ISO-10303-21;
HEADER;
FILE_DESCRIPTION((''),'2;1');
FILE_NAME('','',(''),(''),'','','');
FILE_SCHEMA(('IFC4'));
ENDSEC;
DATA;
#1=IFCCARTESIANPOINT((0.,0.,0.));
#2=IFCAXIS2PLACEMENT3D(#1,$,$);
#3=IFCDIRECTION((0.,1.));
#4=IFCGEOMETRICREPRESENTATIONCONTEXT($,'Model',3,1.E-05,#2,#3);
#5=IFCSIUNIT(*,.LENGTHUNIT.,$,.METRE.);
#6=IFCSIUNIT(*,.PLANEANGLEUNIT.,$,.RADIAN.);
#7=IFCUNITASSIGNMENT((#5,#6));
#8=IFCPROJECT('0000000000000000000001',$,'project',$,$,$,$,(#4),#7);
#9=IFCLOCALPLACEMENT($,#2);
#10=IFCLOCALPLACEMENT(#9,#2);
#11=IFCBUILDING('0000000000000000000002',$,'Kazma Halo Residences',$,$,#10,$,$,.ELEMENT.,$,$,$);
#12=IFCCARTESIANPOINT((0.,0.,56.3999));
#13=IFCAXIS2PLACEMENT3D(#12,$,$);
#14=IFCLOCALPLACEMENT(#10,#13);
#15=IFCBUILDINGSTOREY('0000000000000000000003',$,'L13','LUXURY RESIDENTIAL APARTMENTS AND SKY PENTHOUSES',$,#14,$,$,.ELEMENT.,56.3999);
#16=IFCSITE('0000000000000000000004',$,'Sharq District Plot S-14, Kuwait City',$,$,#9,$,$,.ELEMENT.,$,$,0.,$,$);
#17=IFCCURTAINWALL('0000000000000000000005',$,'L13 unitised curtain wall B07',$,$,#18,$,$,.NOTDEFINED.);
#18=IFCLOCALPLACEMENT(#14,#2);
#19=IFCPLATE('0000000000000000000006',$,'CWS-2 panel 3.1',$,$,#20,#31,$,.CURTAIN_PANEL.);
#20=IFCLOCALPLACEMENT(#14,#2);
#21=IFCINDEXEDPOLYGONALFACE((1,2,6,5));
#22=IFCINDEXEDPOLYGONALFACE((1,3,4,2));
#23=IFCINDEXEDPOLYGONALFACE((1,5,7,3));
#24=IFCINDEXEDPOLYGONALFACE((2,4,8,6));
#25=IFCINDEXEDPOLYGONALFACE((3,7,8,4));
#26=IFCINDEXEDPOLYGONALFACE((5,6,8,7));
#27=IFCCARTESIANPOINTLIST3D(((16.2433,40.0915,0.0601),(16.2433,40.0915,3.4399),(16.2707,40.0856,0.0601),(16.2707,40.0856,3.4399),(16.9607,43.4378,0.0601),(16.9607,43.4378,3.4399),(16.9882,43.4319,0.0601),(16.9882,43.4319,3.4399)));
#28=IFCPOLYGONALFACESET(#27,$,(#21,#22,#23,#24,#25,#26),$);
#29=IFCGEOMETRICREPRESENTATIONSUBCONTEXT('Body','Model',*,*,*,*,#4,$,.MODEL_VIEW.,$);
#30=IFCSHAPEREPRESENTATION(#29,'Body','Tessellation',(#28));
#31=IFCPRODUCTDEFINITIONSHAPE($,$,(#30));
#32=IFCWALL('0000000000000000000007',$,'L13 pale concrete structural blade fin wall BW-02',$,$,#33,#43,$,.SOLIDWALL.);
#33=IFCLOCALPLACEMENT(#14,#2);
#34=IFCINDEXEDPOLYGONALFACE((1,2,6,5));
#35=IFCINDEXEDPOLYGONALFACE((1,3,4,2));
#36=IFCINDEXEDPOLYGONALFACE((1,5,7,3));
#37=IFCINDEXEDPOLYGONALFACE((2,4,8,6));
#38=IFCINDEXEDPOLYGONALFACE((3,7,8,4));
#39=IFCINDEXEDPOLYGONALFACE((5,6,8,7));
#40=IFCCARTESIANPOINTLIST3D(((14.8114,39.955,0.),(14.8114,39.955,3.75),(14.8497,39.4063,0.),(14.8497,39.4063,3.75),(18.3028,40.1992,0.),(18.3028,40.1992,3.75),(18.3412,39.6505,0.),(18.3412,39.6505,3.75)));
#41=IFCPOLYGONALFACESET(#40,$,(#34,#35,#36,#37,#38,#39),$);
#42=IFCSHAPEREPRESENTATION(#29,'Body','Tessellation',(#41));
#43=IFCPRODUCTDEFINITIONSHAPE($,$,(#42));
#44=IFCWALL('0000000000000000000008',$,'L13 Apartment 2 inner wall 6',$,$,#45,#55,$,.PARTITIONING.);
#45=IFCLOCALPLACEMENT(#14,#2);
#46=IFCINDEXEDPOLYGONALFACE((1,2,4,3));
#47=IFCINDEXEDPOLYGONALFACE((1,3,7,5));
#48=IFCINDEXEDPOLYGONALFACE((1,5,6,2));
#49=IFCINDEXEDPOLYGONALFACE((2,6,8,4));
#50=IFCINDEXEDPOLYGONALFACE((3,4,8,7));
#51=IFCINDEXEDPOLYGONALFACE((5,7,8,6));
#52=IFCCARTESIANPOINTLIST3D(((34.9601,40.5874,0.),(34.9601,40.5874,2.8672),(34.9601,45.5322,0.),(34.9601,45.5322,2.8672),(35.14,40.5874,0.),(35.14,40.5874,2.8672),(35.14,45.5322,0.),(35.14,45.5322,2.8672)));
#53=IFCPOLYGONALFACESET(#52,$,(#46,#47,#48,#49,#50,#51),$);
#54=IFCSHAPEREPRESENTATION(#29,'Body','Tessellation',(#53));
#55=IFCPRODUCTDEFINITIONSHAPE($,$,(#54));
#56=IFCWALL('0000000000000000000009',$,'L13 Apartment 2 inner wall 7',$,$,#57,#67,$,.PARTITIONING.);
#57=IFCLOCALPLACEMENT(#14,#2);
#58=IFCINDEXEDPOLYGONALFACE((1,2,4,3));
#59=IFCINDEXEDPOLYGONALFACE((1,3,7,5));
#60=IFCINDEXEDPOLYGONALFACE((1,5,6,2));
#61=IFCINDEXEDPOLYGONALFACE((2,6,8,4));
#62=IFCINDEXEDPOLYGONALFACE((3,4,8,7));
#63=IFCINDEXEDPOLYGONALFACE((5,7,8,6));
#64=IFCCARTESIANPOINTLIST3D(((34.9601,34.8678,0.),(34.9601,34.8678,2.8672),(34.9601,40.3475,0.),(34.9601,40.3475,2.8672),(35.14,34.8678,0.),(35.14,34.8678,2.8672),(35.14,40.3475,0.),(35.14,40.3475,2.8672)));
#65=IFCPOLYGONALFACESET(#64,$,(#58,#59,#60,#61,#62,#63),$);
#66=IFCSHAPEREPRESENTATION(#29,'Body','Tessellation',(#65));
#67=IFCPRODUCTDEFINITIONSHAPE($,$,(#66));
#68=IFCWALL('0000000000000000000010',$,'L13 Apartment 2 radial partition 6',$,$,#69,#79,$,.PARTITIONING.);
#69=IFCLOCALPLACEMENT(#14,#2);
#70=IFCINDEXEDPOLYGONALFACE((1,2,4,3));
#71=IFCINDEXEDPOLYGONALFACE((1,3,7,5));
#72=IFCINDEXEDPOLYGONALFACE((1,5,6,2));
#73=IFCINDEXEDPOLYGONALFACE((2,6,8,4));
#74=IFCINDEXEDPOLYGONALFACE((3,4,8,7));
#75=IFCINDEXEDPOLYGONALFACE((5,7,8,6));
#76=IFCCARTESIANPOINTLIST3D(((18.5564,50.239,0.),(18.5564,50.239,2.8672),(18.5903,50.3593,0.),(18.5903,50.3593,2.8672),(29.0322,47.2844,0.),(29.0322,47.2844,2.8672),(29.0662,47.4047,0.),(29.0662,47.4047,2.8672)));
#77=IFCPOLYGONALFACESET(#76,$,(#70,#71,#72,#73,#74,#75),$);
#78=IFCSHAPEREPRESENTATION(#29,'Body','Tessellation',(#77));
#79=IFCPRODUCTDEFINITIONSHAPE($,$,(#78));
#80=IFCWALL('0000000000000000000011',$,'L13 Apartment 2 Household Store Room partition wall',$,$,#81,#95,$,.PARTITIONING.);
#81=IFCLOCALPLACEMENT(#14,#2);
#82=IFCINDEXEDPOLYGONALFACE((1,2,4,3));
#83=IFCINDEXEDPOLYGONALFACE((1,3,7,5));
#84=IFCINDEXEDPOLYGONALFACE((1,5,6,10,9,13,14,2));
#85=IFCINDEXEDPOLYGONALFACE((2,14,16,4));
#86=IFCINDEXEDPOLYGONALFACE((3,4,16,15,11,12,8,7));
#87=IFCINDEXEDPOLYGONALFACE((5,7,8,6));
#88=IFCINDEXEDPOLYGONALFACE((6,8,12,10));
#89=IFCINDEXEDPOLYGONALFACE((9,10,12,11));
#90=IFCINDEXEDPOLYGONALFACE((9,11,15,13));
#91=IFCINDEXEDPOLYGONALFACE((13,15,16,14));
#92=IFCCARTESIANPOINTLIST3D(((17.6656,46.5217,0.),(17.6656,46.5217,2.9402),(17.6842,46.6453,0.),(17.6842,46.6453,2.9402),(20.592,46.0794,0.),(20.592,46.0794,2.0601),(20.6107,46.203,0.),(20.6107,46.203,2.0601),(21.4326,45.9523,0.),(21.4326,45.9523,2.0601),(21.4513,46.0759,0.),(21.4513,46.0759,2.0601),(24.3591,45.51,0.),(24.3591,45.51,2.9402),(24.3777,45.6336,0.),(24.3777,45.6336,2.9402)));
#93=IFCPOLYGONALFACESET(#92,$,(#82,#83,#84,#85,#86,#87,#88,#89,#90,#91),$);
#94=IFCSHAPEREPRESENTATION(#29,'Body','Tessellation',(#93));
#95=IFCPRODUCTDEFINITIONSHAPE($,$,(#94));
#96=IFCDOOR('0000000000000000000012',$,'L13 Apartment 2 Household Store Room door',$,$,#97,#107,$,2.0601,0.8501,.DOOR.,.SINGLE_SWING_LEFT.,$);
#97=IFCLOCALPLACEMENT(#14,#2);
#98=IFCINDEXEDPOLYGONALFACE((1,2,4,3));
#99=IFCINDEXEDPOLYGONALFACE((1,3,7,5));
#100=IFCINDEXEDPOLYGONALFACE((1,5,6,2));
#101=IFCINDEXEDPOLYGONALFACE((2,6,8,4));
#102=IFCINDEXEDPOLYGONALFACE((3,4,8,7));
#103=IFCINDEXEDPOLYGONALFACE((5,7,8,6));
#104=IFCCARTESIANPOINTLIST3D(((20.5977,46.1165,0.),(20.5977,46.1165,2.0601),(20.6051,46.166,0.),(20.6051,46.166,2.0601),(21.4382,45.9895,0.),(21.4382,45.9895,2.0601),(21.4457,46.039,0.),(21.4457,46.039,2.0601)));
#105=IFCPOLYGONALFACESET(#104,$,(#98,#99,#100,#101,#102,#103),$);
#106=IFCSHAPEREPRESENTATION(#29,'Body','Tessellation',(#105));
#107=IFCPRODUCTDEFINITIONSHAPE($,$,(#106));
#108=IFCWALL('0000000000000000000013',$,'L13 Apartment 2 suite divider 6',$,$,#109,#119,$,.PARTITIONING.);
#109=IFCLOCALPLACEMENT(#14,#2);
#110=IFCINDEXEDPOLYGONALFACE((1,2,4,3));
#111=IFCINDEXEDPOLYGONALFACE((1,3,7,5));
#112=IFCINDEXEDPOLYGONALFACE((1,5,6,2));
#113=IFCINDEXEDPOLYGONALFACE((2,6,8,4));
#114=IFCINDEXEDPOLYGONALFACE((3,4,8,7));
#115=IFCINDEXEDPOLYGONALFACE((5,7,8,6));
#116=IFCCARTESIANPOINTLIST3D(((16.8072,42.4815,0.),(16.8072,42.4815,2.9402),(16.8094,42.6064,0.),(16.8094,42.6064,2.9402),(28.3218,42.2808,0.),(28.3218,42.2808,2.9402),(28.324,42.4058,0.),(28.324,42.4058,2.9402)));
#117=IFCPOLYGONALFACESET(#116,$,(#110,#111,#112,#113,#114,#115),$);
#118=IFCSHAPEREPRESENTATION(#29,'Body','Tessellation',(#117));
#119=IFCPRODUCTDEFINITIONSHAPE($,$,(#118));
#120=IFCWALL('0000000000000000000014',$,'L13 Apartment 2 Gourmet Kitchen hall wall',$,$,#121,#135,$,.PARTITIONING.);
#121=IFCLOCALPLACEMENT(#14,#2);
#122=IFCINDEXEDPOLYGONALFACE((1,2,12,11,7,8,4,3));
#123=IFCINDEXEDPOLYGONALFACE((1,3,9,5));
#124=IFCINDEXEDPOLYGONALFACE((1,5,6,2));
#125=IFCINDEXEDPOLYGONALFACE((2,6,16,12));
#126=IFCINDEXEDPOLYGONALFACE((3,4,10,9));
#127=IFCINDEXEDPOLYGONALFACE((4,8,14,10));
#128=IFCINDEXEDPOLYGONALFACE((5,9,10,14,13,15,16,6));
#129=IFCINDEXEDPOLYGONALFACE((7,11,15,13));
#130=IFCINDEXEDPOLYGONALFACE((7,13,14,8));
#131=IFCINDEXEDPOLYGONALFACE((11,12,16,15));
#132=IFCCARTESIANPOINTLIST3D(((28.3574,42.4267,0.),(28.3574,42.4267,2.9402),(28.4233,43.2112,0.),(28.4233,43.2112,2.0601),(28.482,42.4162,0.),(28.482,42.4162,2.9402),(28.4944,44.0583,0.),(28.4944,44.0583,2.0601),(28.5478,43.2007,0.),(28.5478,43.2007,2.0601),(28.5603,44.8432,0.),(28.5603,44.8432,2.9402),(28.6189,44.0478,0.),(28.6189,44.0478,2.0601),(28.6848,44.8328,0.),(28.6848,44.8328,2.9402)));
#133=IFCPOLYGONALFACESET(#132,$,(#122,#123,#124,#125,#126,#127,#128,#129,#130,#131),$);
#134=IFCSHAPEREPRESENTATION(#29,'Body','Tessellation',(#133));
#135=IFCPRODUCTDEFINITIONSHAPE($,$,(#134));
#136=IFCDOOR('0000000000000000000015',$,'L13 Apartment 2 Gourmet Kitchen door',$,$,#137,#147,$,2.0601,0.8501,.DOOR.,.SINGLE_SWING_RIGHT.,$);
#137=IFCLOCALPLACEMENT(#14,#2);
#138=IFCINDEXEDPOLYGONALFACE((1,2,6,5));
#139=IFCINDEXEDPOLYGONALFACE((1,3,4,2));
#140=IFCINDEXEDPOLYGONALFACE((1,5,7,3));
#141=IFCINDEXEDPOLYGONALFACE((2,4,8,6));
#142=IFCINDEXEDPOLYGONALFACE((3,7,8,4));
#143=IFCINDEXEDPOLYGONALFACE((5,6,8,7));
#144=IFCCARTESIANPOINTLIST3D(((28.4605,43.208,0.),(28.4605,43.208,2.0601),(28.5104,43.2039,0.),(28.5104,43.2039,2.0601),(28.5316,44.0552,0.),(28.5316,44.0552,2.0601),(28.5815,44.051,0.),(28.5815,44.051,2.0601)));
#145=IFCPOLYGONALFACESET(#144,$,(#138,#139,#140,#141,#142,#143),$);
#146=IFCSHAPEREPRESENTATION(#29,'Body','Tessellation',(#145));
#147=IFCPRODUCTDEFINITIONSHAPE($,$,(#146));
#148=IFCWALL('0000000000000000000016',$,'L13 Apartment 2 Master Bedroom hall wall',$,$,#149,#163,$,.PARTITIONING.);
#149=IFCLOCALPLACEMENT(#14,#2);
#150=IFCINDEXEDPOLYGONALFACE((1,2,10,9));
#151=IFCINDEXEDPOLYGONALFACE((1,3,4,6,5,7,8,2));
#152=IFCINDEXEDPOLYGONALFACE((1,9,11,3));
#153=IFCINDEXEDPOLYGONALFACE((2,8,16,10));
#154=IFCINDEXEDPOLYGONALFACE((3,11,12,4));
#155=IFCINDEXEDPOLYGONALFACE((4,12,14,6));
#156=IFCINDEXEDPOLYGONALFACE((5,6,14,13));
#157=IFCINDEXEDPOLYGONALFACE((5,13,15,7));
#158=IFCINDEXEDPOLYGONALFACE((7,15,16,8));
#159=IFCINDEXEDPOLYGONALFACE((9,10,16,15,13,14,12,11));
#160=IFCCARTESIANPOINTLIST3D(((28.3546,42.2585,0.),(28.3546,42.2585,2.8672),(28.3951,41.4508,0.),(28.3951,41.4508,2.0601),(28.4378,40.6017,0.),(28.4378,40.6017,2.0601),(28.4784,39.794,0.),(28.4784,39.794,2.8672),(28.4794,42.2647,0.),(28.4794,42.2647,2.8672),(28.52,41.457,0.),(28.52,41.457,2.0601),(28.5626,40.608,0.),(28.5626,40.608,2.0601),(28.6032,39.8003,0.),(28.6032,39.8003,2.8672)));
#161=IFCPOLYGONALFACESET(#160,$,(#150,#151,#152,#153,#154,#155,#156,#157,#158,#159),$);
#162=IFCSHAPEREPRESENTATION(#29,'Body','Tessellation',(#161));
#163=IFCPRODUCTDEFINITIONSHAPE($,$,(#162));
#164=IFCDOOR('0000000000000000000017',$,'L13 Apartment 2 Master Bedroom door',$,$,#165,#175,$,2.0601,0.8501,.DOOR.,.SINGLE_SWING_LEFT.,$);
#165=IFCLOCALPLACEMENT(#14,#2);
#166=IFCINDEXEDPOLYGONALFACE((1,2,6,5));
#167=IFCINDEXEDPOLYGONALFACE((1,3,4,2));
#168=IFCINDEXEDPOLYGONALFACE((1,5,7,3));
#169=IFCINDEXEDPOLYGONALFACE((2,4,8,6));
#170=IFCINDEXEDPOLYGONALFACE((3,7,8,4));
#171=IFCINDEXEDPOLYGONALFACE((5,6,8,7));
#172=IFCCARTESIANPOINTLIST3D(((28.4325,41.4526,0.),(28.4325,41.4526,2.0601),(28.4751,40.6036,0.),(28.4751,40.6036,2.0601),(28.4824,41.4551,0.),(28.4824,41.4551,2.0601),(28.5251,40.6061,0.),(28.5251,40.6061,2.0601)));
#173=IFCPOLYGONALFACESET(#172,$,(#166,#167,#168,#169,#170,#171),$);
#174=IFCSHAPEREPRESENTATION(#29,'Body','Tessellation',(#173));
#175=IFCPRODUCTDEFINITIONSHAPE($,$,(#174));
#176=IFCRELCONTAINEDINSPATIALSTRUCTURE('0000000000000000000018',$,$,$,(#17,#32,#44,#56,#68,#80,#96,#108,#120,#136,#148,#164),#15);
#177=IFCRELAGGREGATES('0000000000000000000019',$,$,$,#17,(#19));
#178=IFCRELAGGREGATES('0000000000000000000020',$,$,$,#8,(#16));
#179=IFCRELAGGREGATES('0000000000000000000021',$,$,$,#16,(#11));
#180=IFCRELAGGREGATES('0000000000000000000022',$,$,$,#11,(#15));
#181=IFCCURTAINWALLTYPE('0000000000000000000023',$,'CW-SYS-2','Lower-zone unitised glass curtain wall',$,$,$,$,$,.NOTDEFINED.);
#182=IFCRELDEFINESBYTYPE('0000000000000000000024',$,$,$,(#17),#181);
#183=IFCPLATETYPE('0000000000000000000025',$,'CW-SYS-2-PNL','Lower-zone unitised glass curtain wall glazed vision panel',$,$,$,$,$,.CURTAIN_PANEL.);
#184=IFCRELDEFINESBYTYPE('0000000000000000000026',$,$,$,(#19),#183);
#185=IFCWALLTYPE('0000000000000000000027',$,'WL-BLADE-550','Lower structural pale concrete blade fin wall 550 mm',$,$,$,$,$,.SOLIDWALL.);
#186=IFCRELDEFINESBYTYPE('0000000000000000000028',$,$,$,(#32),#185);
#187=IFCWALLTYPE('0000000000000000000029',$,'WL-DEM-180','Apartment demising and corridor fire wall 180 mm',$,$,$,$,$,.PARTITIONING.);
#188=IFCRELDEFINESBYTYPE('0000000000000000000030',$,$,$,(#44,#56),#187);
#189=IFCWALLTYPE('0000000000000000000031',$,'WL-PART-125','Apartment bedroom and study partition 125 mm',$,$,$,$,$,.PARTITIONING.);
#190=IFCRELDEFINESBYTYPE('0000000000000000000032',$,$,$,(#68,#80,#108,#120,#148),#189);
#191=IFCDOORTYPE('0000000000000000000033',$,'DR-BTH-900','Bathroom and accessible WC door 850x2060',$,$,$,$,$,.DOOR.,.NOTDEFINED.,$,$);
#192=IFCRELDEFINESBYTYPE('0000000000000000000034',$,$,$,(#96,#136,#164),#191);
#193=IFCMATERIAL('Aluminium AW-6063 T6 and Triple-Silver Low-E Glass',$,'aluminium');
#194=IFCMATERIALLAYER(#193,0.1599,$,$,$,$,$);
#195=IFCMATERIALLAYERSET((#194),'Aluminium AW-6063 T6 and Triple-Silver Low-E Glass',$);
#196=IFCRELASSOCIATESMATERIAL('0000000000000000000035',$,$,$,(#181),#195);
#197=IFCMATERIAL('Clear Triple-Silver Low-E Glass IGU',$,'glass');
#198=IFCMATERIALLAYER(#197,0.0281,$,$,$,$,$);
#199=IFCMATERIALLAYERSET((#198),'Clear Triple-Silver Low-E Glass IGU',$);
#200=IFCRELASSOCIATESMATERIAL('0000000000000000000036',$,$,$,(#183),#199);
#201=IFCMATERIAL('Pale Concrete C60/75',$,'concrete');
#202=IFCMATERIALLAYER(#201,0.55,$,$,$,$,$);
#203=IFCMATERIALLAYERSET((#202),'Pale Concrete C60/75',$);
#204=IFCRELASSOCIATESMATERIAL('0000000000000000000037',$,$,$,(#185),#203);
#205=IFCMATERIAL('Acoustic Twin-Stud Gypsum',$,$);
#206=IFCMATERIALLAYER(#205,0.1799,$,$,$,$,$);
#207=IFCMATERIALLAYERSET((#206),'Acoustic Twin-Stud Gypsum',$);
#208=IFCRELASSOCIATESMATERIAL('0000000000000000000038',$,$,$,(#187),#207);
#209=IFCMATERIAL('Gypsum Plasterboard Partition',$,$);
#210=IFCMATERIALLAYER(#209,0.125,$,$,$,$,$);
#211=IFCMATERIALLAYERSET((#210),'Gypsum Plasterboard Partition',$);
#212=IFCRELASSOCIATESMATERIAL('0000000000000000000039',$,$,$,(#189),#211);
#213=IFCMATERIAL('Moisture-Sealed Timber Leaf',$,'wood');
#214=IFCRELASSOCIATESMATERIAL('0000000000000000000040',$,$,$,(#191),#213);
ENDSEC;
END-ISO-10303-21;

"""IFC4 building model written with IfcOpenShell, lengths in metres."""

from ifc_helpers import new_model, si_unit, direction, frame, frame_2d, origin, origin_2d, place, context, subcontext, project, spatial, rectangle, extrude, material, layer, layer_set, type_object, element, fill, aggregate, save


model = new_model("IFC4")

# Units and contexts
model_context = context("Model", 3, precision=1e-05, world=origin(), true_north=direction((0.0, 1.0)))
body_context = subcontext(model_context, "Body", "Model", "MODEL_VIEW")
ifc_project = project(units=[si_unit("LENGTHUNIT", "METRE"), si_unit("PLANEANGLEUNIT", "RADIAN")], contexts=[model_context])

# Site, building, storey
site_placement = place(None, origin())
site = spatial("IfcSite", under=ifc_project, at=site_placement, Name="Sharq District Plot S-14, Kuwait City", CompositionType="ELEMENT", RefElevation=0.0)
building_placement = place(site_placement, origin())
building = spatial("IfcBuilding", under=site, at=building_placement, Name="Kazma Halo Residences", CompositionType="ELEMENT")
storey_placement = place(building_placement, frame((0.0, 0.0, 56.3999)))
storey = spatial("IfcBuildingStorey", under=building, at=storey_placement, Name="L13", Description="LUXURY RESIDENTIAL APARTMENTS AND SKY PENTHOUSES", CompositionType="ELEMENT", Elevation=56.3999)

# Curtain wall
ifc_material_1 = material(Name="Aluminium AW-6063 T6 and Triple-Silver Low-E Glass", Category="aluminium")
ifc_layer_1 = layer(ifc_material_1, 0.1599)
ifc_layer_set_1 = layer_set([ifc_layer_1], Name="Aluminium AW-6063 T6 and Triple-Silver Low-E Glass")
curtain_wall_type = type_object("IfcCurtainWallType", Name="CW-SYS-2", Description="Lower-zone unitised glass curtain wall", PredefinedType="NOTDEFINED", material=ifc_layer_set_1)
curtain_wall_1_placement = place(storey_placement, origin())
curtain_wall_1 = element("IfcCurtainWall", 1, at=curtain_wall_1_placement, inside=storey, type_object=curtain_wall_type, Name="L13 unitised curtain wall B07", PredefinedType="NOTDEFINED")

# Plate
ifc_material_2 = material(Name="Clear Triple-Silver Low-E Glass IGU", Category="glass")
ifc_layer_2 = layer(ifc_material_2, 0.0281)
ifc_layer_set_2 = layer_set([ifc_layer_2], Name="Clear Triple-Silver Low-E Glass IGU")
plate_type = type_object("IfcPlateType", Name="CW-SYS-2-PNL", Description="Lower-zone unitised glass curtain wall glazed vision panel", PredefinedType="CURTAIN_PANEL", material=ifc_layer_set_2)
plate_1_placement = place(storey_placement, frame((16.6157, 41.7617, 0.0601), z_axis=(0.0, 0.0, 1.0), x_axis=(-0.209637, -0.977779, 0.0)))
plate_1 = element("IfcPlate", 2, at=plate_1_placement, type_object=plate_type, Name="CWS-2 panel 3.1", PredefinedType="CURTAIN_PANEL", context=body_context, shape_type="SweptSolid", body=[
    extrude(rectangle(XDim=3.4224, YDim=0.0281, at=origin_2d()), origin(), (0.0, 0.0, 1.0), 3.3799),
])
aggregate(curtain_wall_1, [plate_1])

# Walls
ifc_material_3 = material(Name="Pale Concrete C60/75", Category="concrete")
ifc_layer_3 = layer(ifc_material_3, 0.55)
ifc_layer_set_3 = layer_set([ifc_layer_3], Name="Pale Concrete C60/75")
wall_type_1 = type_object("IfcWallType", Name="WL-BLADE-550", Description="Lower structural pale concrete blade fin wall 550 mm", PredefinedType="SOLIDWALL", material=ifc_layer_set_3)
wall_1_placement = place(storey_placement, frame((18.322, 39.9248, 0.0), z_axis=(0.0, 0.0, 1.0), x_axis=(-0.997564, -0.069755, 0.0)))
element("IfcWall", 3, at=wall_1_placement, inside=storey, type_object=wall_type_1, Name="L13 pale concrete structural blade fin wall BW-02", PredefinedType="SOLIDWALL", context=body_context, shape_type="SweptSolid", body=[
    extrude(rectangle(XDim=3.5, YDim=0.55, at=frame_2d((1.75, 0.0))), origin(), (0.0, 0.0, 1.0), 3.75),
])
ifc_material_4 = material(Name="Acoustic Twin-Stud Gypsum")
ifc_layer_4 = layer(ifc_material_4, 0.1799)
ifc_layer_set_4 = layer_set([ifc_layer_4], Name="Acoustic Twin-Stud Gypsum")
wall_type_2 = type_object("IfcWallType", Name="WL-DEM-180", Description="Apartment demising and corridor fire wall 180 mm", PredefinedType="PARTITIONING", material=ifc_layer_set_4)
wall_2_placement = place(storey_placement, frame((35.05, 45.5322, 0.0), z_axis=(0.0, 0.0, 1.0), x_axis=(0.0, -1.0, 0.0)))
element("IfcWall", 4, at=wall_2_placement, inside=storey, type_object=wall_type_2, Name="L13 Apartment 2 inner wall 6", PredefinedType="PARTITIONING", context=body_context, shape_type="SweptSolid", body=[
    extrude(rectangle(XDim=4.9448, YDim=0.1799, at=frame_2d((2.4724, 0.0))), origin(), (0.0, 0.0, 1.0), 2.8672),
])
wall_3_placement = place(storey_placement, frame((35.05, 40.3474, 0.0), z_axis=(0.0, 0.0, 1.0), x_axis=(0.0, -1.0, 0.0)))
element("IfcWall", 5, at=wall_3_placement, inside=storey, type_object=wall_type_2, Name="L13 Apartment 2 inner wall 7", PredefinedType="PARTITIONING", context=body_context, shape_type="SweptSolid", body=[
    extrude(rectangle(XDim=5.4797, YDim=0.1799, at=frame_2d((2.7397, 0.0))), origin(), (0.0, 0.0, 1.0), 2.8672),
])
ifc_material_5 = material(Name="Gypsum Plasterboard Partition")
ifc_layer_5 = layer(ifc_material_5, 0.125)
ifc_layer_set_5 = layer_set([ifc_layer_5], Name="Gypsum Plasterboard Partition")
wall_type_3 = type_object("IfcWallType", Name="WL-PART-125", Description="Apartment bedroom and study partition 125 mm", PredefinedType="PARTITIONING", material=ifc_layer_set_5)
wall_4_placement = place(storey_placement, frame((29.0493, 47.3445, 0.0), z_axis=(0.0, 0.0, 1.0), x_axis=(-0.962453, 0.271449, 0.0)))
element("IfcWall", 6, at=wall_4_placement, inside=storey, type_object=wall_type_3, Name="L13 Apartment 2 radial partition 6", PredefinedType="PARTITIONING", context=body_context, shape_type="SweptSolid", body=[
    extrude(rectangle(XDim=10.8845, YDim=0.125, at=frame_2d((5.4424, 0.0))), origin(), (0.0, 0.0, 1.0), 2.8672),
])

# Wall, opening, door
wall_5_placement = place(storey_placement, frame((24.3684, 45.5718, 0.0), z_axis=(0.0, 0.0, 1.0), x_axis=(-0.988769, 0.14945, 0.0)))
wall_5 = element("IfcWall", 7, at=wall_5_placement, inside=storey, type_object=wall_type_3, Name="L13 Apartment 2 Household Store Room partition wall", PredefinedType="PARTITIONING", context=body_context, shape_type="SweptSolid", body=[
    extrude(rectangle(XDim=6.7695, YDim=0.125, at=frame_2d((3.3848, 0.0))), origin(), (0.0, 0.0, 1.0), 2.9402),
])
opening_1_placement = place(wall_5_placement, frame((2.9597, 0.0, 0.0)))
opening_1 = element("IfcOpeningElement", 8, at=opening_1_placement, cuts=wall_5, PredefinedType="OPENING", context=body_context, shape_type="SweptSolid", body=[
    extrude(rectangle(XDim=0.8501, YDim=2.0601, at=frame_2d((0.425, 1.03))), frame((0.0, 0.0725, 0.0), z_axis=(0.0, -1.0, 0.0), x_axis=(1.0, 0.0, 0.0)), (0.0, 0.0, 1.0), 0.145),
])
ifc_material_6 = material(Name="Moisture-Sealed Timber Leaf", Category="wood")
door_type = type_object("IfcDoorType", Name="DR-BTH-900", Description="Bathroom and accessible WC door 850x2060", OperationType="NOTDEFINED", PredefinedType="DOOR", material=ifc_material_6)
door_1_placement = place(opening_1_placement, origin())
door_1 = element("IfcDoor", 9, at=door_1_placement, inside=storey, type_object=door_type, Name="L13 Apartment 2 Household Store Room door", OperationType="SINGLE_SWING_LEFT", OverallHeight=2.0601, OverallWidth=0.8501, PredefinedType="DOOR", context=body_context, shape_type="SweptSolid", body=[
    extrude(rectangle(XDim=0.8501, YDim=2.0601, at=frame_2d((0.425, 1.03))), frame((0.0, 0.0249, 0.0), z_axis=(0.0, -1.0, 0.0), x_axis=(1.0, 0.0, 0.0)), (0.0, 0.0, 1.0), 0.05),
])
fill(opening_1, door_1)

# Wall
wall_6_placement = place(storey_placement, frame((28.323, 42.3433, 0.0), z_axis=(0.0, 0.0, 1.0), x_axis=(-0.999848, 0.017426, 0.0)))
element("IfcWall", 10, at=wall_6_placement, inside=storey, type_object=wall_type_3, Name="L13 Apartment 2 suite divider 6", PredefinedType="PARTITIONING", context=body_context, shape_type="SweptSolid", body=[
    extrude(rectangle(XDim=11.5164, YDim=0.125, at=frame_2d((5.7583, 0.0))), origin(), (0.0, 0.0, 1.0), 2.9402),
])

# Walls, openings, doors
wall_7_placement = place(storey_placement, frame((28.6226, 44.8379, 0.0), z_axis=(0.0, 0.0, 1.0), x_axis=(-0.083662, -0.996494, 0.0)))
wall_7 = element("IfcWall", 11, at=wall_7_placement, inside=storey, type_object=wall_type_3, Name="L13 Apartment 2 Gourmet Kitchen hall wall", PredefinedType="PARTITIONING", context=body_context, shape_type="SweptSolid", body=[
    extrude(rectangle(XDim=2.425, YDim=0.125, at=frame_2d((1.2124, 0.0))), origin(), (0.0, 0.0, 1.0), 2.9402),
])
opening_2_placement = place(wall_7_placement, frame((0.7876, 0.0, 0.0)))
opening_2 = element("IfcOpeningElement", 12, at=opening_2_placement, cuts=wall_7, PredefinedType="OPENING", context=body_context, shape_type="SweptSolid", body=[
    extrude(rectangle(XDim=0.8501, YDim=2.0601, at=frame_2d((0.425, 1.03))), frame((0.0, 0.0725, 0.0), z_axis=(0.0, -1.0, 0.0), x_axis=(1.0, 0.0, 0.0)), (0.0, 0.0, 1.0), 0.145),
])
door_2_placement = place(opening_2_placement, origin())
door_2 = element("IfcDoor", 13, at=door_2_placement, inside=storey, type_object=door_type, Name="L13 Apartment 2 Gourmet Kitchen door", OperationType="SINGLE_SWING_RIGHT", OverallHeight=2.0601, OverallWidth=0.8501, PredefinedType="DOOR", context=body_context, shape_type="SweptSolid", body=[
    extrude(rectangle(XDim=0.8501, YDim=2.0601, at=frame_2d((0.425, 1.03))), frame((0.0, 0.0249, 0.0), z_axis=(0.0, -1.0, 0.0), x_axis=(1.0, 0.0, 0.0)), (0.0, 0.0, 1.0), 0.05),
])
fill(opening_2, door_2)
wall_8_placement = place(storey_placement, frame((28.417, 42.2617, 0.0), z_axis=(0.0, 0.0, 1.0), x_axis=(0.050165, -0.998741, 0.0)))
wall_8 = element("IfcWall", 14, at=wall_8_placement, inside=storey, type_object=wall_type_3, Name="L13 Apartment 2 Master Bedroom hall wall", PredefinedType="PARTITIONING", context=body_context, shape_type="SweptSolid", body=[
    extrude(rectangle(XDim=2.4675, YDim=0.125, at=frame_2d((1.2339, 0.0))), origin(), (0.0, 0.0, 1.0), 2.8672),
])
opening_3_placement = place(wall_8_placement, frame((0.8088, 0.0, 0.0)))
opening_3 = element("IfcOpeningElement", 15, at=opening_3_placement, cuts=wall_8, PredefinedType="OPENING", context=body_context, shape_type="SweptSolid", body=[
    extrude(rectangle(XDim=0.8501, YDim=2.0601, at=frame_2d((0.425, 1.03))), frame((0.0, 0.0725, 0.0), z_axis=(0.0, -1.0, 0.0), x_axis=(1.0, 0.0, 0.0)), (0.0, 0.0, 1.0), 0.145),
])
door_3_placement = place(opening_3_placement, origin())
door_3 = element("IfcDoor", 16, at=door_3_placement, inside=storey, type_object=door_type, Name="L13 Apartment 2 Master Bedroom door", OperationType="SINGLE_SWING_LEFT", OverallHeight=2.0601, OverallWidth=0.8501, PredefinedType="DOOR", context=body_context, shape_type="SweptSolid", body=[
    extrude(rectangle(XDim=0.8501, YDim=2.0601, at=frame_2d((0.425, 1.03))), frame((0.0, 0.0249, 0.0), z_axis=(0.0, -1.0, 0.0), x_axis=(1.0, 0.0, 0.0)), (0.0, 0.0, 1.0), 0.05),
])
fill(opening_3, door_3)

save(model, "model.ifc")
